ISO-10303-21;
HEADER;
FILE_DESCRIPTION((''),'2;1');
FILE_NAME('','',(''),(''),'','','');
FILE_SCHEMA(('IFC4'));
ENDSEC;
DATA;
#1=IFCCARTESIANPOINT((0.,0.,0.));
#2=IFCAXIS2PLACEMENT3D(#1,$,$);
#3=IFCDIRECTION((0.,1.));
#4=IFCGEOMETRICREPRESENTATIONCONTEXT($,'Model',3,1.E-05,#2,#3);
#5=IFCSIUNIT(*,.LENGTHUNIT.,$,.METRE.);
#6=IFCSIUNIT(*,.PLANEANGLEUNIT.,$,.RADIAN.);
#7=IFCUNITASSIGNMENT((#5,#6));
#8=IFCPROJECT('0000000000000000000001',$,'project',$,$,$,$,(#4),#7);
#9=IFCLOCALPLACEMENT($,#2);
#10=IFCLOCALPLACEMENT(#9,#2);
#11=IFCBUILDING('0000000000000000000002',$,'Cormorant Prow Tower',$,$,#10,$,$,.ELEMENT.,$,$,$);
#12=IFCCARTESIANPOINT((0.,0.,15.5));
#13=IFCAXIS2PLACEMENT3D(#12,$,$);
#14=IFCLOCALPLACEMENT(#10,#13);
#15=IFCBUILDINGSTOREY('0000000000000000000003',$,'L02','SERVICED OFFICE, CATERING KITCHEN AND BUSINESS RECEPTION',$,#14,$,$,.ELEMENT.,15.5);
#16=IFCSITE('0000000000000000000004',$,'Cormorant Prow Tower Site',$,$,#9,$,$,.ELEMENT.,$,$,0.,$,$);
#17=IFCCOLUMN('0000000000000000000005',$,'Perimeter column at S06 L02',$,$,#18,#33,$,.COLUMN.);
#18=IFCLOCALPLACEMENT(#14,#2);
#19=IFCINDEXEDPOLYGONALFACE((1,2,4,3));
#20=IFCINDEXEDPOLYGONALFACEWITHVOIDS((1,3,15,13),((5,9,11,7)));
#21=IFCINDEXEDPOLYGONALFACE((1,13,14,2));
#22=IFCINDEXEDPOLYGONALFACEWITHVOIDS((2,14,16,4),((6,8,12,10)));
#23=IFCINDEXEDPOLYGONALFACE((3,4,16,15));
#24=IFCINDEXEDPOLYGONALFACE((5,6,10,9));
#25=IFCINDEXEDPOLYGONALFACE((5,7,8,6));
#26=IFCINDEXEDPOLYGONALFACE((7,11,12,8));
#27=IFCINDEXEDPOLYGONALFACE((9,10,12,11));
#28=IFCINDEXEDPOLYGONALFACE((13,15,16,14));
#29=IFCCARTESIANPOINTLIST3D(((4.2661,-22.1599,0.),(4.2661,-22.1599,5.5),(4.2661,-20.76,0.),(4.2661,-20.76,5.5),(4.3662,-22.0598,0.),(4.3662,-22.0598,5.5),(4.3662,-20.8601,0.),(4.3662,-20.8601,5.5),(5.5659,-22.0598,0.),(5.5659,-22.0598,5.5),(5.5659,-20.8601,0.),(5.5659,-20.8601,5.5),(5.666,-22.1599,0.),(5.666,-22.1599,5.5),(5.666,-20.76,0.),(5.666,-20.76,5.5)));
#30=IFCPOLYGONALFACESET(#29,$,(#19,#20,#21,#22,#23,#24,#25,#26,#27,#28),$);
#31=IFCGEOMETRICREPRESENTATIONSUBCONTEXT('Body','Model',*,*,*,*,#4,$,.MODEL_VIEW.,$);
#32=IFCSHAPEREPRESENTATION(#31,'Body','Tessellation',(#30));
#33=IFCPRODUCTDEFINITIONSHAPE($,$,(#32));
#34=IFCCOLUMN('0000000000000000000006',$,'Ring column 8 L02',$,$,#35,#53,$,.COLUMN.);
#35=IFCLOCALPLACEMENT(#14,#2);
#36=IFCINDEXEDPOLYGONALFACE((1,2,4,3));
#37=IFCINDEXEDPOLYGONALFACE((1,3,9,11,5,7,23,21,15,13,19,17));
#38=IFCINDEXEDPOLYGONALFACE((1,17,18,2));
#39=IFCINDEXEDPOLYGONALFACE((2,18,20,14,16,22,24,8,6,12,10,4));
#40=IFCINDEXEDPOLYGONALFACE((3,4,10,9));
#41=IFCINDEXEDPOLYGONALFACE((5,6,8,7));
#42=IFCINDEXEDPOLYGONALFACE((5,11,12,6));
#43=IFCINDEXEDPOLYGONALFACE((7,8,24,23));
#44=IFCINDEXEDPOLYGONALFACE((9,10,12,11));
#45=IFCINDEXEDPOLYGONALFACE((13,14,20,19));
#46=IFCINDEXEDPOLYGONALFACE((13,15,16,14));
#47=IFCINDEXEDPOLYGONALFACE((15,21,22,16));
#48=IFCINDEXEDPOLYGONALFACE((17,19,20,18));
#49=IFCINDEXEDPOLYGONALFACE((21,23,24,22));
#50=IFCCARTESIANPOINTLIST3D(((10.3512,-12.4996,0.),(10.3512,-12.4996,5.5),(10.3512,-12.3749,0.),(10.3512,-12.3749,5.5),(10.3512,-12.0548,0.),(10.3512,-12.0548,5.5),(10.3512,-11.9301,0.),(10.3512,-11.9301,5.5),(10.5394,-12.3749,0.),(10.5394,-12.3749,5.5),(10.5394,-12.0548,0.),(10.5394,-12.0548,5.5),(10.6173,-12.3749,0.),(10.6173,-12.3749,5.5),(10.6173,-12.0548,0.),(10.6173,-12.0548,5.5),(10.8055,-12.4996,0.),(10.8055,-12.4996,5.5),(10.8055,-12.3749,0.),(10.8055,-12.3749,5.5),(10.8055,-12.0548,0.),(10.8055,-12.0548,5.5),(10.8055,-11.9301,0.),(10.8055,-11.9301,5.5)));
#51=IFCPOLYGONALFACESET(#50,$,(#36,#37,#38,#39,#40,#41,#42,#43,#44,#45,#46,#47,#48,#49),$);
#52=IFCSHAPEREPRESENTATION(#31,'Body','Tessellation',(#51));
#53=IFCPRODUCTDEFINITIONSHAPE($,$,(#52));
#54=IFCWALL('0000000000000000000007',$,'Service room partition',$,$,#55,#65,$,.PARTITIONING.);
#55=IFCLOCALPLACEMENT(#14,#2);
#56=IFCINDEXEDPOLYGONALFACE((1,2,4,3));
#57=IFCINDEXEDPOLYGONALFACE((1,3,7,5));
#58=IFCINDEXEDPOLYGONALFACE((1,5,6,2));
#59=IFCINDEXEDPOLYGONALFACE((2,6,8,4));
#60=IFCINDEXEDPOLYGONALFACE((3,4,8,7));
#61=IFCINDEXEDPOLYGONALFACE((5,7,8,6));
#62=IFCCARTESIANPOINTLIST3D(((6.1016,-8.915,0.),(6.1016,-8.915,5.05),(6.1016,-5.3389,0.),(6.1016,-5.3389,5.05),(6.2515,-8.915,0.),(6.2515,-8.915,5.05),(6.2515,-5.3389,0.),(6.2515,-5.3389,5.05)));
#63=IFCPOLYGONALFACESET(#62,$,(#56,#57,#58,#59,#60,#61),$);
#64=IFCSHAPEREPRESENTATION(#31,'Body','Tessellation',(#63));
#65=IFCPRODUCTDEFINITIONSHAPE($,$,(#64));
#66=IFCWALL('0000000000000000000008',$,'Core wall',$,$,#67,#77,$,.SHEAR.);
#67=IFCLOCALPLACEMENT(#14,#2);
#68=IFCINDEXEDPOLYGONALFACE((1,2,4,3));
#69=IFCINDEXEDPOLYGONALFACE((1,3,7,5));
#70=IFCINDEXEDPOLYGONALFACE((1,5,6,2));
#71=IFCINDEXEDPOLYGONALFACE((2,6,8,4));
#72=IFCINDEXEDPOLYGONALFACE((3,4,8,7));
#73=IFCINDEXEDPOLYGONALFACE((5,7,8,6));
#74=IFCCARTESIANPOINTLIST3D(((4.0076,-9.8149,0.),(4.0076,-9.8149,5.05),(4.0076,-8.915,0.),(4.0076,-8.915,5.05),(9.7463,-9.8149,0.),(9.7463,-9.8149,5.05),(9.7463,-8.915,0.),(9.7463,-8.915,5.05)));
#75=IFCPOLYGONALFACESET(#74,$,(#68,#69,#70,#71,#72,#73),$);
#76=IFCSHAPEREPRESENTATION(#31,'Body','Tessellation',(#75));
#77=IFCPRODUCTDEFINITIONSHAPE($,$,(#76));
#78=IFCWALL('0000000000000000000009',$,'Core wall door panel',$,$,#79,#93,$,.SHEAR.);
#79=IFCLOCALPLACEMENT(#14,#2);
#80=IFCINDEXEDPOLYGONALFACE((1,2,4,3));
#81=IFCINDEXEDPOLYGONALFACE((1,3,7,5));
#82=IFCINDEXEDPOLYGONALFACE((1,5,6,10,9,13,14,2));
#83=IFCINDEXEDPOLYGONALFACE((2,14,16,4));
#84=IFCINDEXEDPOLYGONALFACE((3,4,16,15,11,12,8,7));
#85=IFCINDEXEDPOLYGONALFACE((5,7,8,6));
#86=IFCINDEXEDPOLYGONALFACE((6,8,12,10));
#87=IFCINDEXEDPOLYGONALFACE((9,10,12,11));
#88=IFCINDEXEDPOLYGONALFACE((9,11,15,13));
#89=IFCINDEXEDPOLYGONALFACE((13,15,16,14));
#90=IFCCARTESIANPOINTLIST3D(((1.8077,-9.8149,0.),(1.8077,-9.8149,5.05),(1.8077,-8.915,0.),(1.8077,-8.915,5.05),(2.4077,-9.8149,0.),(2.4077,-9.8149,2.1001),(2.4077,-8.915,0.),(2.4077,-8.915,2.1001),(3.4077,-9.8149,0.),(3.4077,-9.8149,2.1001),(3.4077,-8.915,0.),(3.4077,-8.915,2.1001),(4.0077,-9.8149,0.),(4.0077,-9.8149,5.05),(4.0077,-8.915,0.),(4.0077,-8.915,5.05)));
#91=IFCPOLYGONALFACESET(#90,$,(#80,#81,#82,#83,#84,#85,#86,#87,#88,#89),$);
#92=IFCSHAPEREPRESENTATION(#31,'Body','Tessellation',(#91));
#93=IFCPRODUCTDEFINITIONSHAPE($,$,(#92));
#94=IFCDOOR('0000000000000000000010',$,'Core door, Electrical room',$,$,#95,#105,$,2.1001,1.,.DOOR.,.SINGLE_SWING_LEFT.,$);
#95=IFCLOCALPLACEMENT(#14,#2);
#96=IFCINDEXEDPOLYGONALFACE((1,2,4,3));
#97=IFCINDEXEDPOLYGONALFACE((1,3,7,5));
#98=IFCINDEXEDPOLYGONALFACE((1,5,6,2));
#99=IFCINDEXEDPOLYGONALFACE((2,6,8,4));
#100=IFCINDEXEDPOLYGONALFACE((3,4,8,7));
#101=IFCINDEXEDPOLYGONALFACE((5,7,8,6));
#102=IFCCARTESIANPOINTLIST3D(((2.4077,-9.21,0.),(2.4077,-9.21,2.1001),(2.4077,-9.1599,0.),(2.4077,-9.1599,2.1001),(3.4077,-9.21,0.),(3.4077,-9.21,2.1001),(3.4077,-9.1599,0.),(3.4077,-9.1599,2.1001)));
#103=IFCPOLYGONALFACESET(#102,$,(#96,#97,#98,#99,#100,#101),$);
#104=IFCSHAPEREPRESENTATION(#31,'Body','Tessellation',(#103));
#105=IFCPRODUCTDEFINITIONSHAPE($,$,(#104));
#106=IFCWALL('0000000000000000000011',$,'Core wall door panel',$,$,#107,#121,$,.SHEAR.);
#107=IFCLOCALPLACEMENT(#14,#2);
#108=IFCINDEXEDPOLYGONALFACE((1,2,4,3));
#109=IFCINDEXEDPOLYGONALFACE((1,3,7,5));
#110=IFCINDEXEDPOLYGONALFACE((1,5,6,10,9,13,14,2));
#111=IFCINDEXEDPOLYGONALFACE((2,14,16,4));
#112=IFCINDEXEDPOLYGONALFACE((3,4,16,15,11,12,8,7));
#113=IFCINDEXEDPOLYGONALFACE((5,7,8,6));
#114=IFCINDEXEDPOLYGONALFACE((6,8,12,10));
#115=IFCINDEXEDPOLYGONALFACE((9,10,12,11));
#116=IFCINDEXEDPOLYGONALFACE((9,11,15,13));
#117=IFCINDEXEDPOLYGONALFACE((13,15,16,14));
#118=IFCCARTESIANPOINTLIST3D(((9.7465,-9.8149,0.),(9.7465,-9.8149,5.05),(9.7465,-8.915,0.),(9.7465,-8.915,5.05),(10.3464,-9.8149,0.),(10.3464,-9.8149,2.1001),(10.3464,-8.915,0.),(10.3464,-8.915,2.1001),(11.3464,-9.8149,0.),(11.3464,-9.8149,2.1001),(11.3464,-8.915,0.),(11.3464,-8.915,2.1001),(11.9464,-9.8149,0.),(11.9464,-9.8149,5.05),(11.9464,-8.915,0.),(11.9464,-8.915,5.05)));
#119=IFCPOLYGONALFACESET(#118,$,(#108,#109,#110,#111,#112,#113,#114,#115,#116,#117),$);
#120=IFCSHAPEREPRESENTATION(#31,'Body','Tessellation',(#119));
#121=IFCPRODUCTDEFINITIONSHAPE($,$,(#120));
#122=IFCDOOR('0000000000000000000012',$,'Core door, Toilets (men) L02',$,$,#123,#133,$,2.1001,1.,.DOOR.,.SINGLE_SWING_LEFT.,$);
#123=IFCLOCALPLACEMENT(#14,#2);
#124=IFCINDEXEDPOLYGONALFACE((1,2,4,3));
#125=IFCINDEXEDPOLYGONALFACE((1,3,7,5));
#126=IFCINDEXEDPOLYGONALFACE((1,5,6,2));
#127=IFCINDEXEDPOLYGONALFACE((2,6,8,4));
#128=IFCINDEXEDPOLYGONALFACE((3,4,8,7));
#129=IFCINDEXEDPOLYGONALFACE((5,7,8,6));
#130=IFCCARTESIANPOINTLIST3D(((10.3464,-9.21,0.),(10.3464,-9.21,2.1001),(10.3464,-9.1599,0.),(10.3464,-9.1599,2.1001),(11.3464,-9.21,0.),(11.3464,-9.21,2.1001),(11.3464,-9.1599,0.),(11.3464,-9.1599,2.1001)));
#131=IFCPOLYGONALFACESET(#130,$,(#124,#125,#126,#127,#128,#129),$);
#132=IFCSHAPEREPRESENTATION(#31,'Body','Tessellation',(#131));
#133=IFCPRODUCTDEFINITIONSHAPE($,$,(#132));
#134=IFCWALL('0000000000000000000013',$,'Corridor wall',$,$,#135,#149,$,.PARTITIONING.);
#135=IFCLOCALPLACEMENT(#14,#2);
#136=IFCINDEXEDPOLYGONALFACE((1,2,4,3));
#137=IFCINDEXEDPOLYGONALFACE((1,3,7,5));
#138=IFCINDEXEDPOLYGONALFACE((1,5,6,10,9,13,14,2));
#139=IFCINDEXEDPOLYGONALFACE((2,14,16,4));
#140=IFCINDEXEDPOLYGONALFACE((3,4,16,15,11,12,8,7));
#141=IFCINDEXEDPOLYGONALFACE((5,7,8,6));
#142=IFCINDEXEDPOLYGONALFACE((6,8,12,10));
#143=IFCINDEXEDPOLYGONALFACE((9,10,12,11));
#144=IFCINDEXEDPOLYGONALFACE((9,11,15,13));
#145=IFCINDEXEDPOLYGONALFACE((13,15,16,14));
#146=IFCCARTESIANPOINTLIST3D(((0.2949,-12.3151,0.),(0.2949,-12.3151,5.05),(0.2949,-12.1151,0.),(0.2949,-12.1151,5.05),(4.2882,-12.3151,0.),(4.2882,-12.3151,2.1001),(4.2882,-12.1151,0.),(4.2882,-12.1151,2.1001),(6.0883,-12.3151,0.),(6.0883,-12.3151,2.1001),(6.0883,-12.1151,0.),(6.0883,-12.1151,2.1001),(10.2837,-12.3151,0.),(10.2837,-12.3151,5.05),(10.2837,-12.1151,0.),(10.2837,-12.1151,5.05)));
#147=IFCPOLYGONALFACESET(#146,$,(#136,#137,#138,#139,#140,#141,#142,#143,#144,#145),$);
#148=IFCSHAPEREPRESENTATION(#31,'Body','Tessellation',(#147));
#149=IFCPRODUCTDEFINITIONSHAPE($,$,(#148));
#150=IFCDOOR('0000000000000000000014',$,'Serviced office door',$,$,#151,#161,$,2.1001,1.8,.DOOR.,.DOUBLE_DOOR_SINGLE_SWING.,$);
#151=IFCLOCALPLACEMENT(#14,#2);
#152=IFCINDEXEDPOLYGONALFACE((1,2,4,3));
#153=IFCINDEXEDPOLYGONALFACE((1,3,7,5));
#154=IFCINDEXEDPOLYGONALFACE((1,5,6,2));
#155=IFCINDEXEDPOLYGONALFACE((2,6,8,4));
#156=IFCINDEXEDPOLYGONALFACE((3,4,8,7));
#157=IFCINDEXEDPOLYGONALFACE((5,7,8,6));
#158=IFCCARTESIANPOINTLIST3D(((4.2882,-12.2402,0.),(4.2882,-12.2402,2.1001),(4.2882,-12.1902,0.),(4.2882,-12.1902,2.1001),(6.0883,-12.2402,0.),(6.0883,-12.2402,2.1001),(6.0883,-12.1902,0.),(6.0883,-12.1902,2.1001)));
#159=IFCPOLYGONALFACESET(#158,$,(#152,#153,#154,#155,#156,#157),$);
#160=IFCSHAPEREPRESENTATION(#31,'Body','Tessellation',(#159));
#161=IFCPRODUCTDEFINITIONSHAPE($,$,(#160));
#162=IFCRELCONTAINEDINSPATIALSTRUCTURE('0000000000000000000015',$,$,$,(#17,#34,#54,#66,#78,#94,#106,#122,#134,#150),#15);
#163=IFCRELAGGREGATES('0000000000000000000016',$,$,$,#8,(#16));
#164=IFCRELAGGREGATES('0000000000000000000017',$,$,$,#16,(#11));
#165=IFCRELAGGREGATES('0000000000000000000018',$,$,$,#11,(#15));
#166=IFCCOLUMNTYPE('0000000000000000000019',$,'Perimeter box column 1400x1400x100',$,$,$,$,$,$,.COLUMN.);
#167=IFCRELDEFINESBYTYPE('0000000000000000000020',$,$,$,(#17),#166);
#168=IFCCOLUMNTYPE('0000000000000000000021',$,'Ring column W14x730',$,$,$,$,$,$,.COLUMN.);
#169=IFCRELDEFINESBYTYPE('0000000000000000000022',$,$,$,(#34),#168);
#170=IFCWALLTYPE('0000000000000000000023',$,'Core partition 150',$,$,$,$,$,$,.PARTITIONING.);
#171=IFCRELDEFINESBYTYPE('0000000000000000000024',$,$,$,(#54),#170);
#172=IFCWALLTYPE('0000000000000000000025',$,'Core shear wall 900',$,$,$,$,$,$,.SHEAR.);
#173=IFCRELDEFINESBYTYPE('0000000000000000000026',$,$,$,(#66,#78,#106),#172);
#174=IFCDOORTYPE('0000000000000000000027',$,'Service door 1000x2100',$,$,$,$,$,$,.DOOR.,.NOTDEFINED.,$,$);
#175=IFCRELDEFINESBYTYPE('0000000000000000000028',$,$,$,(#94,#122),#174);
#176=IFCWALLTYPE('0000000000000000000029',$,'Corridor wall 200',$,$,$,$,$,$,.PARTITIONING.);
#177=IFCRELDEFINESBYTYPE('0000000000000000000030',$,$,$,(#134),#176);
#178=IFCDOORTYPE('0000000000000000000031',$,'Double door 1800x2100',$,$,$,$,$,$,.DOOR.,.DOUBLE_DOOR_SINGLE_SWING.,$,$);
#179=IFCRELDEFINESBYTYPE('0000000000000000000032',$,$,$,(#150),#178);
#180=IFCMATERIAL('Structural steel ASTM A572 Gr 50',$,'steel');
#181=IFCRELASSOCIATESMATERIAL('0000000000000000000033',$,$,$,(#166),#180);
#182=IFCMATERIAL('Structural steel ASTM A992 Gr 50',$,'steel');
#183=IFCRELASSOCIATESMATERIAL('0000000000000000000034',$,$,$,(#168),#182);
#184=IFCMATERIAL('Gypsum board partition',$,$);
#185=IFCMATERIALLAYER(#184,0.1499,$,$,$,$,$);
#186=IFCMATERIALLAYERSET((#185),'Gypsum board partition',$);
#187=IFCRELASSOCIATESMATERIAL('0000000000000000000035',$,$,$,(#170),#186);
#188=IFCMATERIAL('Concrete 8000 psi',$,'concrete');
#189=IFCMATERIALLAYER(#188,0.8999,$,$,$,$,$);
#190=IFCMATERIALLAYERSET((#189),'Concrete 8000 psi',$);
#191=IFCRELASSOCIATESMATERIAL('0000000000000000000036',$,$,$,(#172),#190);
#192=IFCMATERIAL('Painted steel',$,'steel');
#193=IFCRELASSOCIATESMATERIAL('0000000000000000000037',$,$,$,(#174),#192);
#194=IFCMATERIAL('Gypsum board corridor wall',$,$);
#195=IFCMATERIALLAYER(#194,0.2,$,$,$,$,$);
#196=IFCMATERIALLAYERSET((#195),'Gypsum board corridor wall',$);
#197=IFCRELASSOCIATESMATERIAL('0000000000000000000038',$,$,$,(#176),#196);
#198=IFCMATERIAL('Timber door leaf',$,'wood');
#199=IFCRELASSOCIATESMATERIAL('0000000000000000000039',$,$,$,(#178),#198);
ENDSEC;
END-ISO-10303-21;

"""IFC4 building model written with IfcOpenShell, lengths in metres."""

from ifc_helpers import new_model, si_unit, direction, frame, frame_2d, origin, origin_2d, place, context, subcontext, project, spatial, rectangle, hollow_rectangle, i_section, extrude, material, layer, layer_set, material_profile, profile_set, type_object, element, fill, save


model = new_model("IFC4")

# Units and contexts
model_context = context("Model", 3, precision=1e-05, world=origin(), true_north=direction((0.0, 1.0)))
body_context = subcontext(model_context, "Body", "Model", "MODEL_VIEW")
ifc_project = project(units=[si_unit("LENGTHUNIT", "METRE"), si_unit("PLANEANGLEUNIT", "RADIAN")], contexts=[model_context])

# Site, building, storey
site_placement = place(None, origin())
site = spatial("IfcSite", under=ifc_project, at=site_placement, Name="Cormorant Prow Tower Site", CompositionType="ELEMENT", RefElevation=0.0)
building_placement = place(site_placement, origin())
building = spatial("IfcBuilding", under=site, at=building_placement, Name="Cormorant Prow Tower", CompositionType="ELEMENT")
storey_placement = place(building_placement, frame((0.0, 0.0, 15.5)))
storey = spatial("IfcBuildingStorey", under=building, at=storey_placement, Name="L02", Description="SERVICED OFFICE, CATERING KITCHEN AND BUSINESS RECEPTION", CompositionType="ELEMENT", Elevation=15.5)

# Columns
ifc_material_1 = material(Name="Structural steel ASTM A572 Gr 50", Category="steel")
ifc_material_profile_1 = material_profile(ifc_material_1, hollow_rectangle(XDim=1.3999, YDim=1.3999, WallThickness=0.1001, at=origin_2d()), Name="Box 1400x1400x100")
ifc_profile_set_1 = profile_set([ifc_material_profile_1], Name="Structural steel ASTM A572 Gr 50")
column_type_1 = type_object("IfcColumnType", Name="Perimeter box column 1400x1400x100", PredefinedType="COLUMN", material=ifc_profile_set_1)
column_1_placement = place(storey_placement, frame((4.9661, -21.46, 0.0), z_axis=(0.0, 0.0, 1.0), x_axis=(1.0, 0.0, 0.0)))
element("IfcColumn", 1, at=column_1_placement, inside=storey, type_object=column_type_1, Name="Perimeter column at S06 L02", PredefinedType="COLUMN", context=body_context, shape_type="SweptSolid", body=[
    extrude(hollow_rectangle(XDim=1.3999, YDim=1.3999, WallThickness=0.1001, at=origin_2d()), origin(), (0.0, 0.0, 1.0), 5.5),
])
ifc_material_2 = material(Name="Structural steel ASTM A992 Gr 50", Category="steel")
ifc_material_profile_2 = material_profile(ifc_material_2, i_section(OverallWidth=0.4543, OverallDepth=0.5696, WebThickness=0.0779, FlangeThickness=0.1248, at=origin_2d()), Name="W14x730")
ifc_profile_set_2 = profile_set([ifc_material_profile_2], Name="Structural steel ASTM A992 Gr 50")
column_type_2 = type_object("IfcColumnType", Name="Ring column W14x730", PredefinedType="COLUMN", material=ifc_profile_set_2)
column_2_placement = place(storey_placement, frame((10.5784, -12.2148, 0.0), z_axis=(0.0, 0.0, 1.0), x_axis=(1.0, 0.0, 0.0)))
element("IfcColumn", 2, at=column_2_placement, inside=storey, type_object=column_type_2, Name="Ring column 8 L02", PredefinedType="COLUMN", context=body_context, shape_type="SweptSolid", body=[
    extrude(i_section(OverallWidth=0.4543, OverallDepth=0.5696, WebThickness=0.0779, FlangeThickness=0.1248, at=origin_2d()), origin(), (0.0, 0.0, 1.0), 5.5),
])

# Walls
ifc_material_3 = material(Name="Gypsum board partition")
ifc_layer_1 = layer(ifc_material_3, 0.1499)
ifc_layer_set_1 = layer_set([ifc_layer_1], Name="Gypsum board partition")
wall_type_1 = type_object("IfcWallType", Name="Core partition 150", PredefinedType="PARTITIONING", material=ifc_layer_set_1)
wall_1_placement = place(storey_placement, frame((6.1765, -8.915, 0.0), z_axis=(0.0, 0.0, 1.0), x_axis=(0.0, 1.0, 0.0)))
element("IfcWall", 3, at=wall_1_placement, inside=storey, type_object=wall_type_1, Name="Service room partition", PredefinedType="PARTITIONING", context=body_context, shape_type="SweptSolid", body=[
    extrude(rectangle(XDim=3.5762, YDim=0.1499, at=frame_2d((1.7881, 0.0))), origin(), (0.0, 0.0, 1.0), 5.05),
])
ifc_material_4 = material(Name="Concrete 8000 psi", Category="concrete")
ifc_layer_2 = layer(ifc_material_4, 0.8999)
ifc_layer_set_2 = layer_set([ifc_layer_2], Name="Concrete 8000 psi")
wall_type_2 = type_object("IfcWallType", Name="Core shear wall 900", PredefinedType="SHEAR", material=ifc_layer_set_2)
wall_2_placement = place(storey_placement, frame((4.0076, -9.365, 0.0), z_axis=(0.0, 0.0, 1.0), x_axis=(1.0, 0.0, 0.0)))
element("IfcWall", 4, at=wall_2_placement, inside=storey, type_object=wall_type_2, Name="Core wall", PredefinedType="SHEAR", context=body_context, shape_type="SweptSolid", body=[
    extrude(rectangle(XDim=5.7388, YDim=0.8999, at=frame_2d((2.8694, 0.0))), origin(), (0.0, 0.0, 1.0), 5.05),
])

# Walls, openings, doors
wall_3_placement = place(storey_placement, frame((1.8076, -9.365, 0.0), z_axis=(0.0, 0.0, 1.0), x_axis=(1.0, 0.0, 0.0)))
wall_3 = element("IfcWall", 5, at=wall_3_placement, inside=storey, type_object=wall_type_2, Name="Core wall door panel", PredefinedType="SHEAR", context=body_context, shape_type="SweptSolid", body=[
    extrude(rectangle(XDim=2.2, YDim=0.8999, at=frame_2d((1.1001, 0.0))), origin(), (0.0, 0.0, 1.0), 5.05),
])
opening_1_placement = place(wall_3_placement, frame((0.6001, 0.0, 0.0)))
opening_1 = element("IfcOpeningElement", 6, at=opening_1_placement, cuts=wall_3, PredefinedType="OPENING", context=body_context, shape_type="SweptSolid", body=[
    extrude(rectangle(XDim=1.0, YDim=2.1001, at=frame_2d((0.5, 1.05))), frame((0.0, 0.46, 0.0), z_axis=(0.0, -1.0, 0.0), x_axis=(1.0, 0.0, 0.0)), (0.0, 0.0, 1.0), 0.9199),
])
ifc_material_5 = material(Name="Painted steel", Category="steel")
door_type_1 = type_object("IfcDoorType", Name="Service door 1000x2100", OperationType="NOTDEFINED", PredefinedType="DOOR", material=ifc_material_5)
door_1_placement = place(opening_1_placement, origin())
door_1 = element("IfcDoor", 7, at=door_1_placement, inside=storey, type_object=door_type_1, Name="Core door, Electrical room", OperationType="SINGLE_SWING_LEFT", OverallHeight=2.1001, OverallWidth=1.0, PredefinedType="DOOR", context=body_context, shape_type="SweptSolid", body=[
    extrude(rectangle(XDim=1.0, YDim=2.1001, at=frame_2d((0.5, 1.05))), frame((0.0, 0.2051, 0.0), z_axis=(0.0, -1.0, 0.0), x_axis=(1.0, 0.0, 0.0)), (0.0, 0.0, 1.0), 0.05),
])
fill(opening_1, door_1)
wall_4_placement = place(storey_placement, frame((9.7463, -9.365, 0.0), z_axis=(0.0, 0.0, 1.0), x_axis=(1.0, 0.0, 0.0)))
wall_4 = element("IfcWall", 8, at=wall_4_placement, inside=storey, type_object=wall_type_2, Name="Core wall door panel", PredefinedType="SHEAR", context=body_context, shape_type="SweptSolid", body=[
    extrude(rectangle(XDim=2.2, YDim=0.8999, at=frame_2d((1.1001, 0.0))), origin(), (0.0, 0.0, 1.0), 5.05),
])
opening_2_placement = place(wall_4_placement, frame((0.6001, 0.0, 0.0)))
opening_2 = element("IfcOpeningElement", 9, at=opening_2_placement, cuts=wall_4, PredefinedType="OPENING", context=body_context, shape_type="SweptSolid", body=[
    extrude(rectangle(XDim=1.0, YDim=2.1001, at=frame_2d((0.5, 1.05))), frame((0.0, 0.46, 0.0), z_axis=(0.0, -1.0, 0.0), x_axis=(1.0, 0.0, 0.0)), (0.0, 0.0, 1.0), 0.9199),
])
door_2_placement = place(opening_2_placement, origin())
door_2 = element("IfcDoor", 10, at=door_2_placement, inside=storey, type_object=door_type_1, Name="Core door, Toilets (men) L02", OperationType="SINGLE_SWING_LEFT", OverallHeight=2.1001, OverallWidth=1.0, PredefinedType="DOOR", context=body_context, shape_type="SweptSolid", body=[
    extrude(rectangle(XDim=1.0, YDim=2.1001, at=frame_2d((0.5, 1.05))), frame((0.0, 0.2051, 0.0), z_axis=(0.0, -1.0, 0.0), x_axis=(1.0, 0.0, 0.0)), (0.0, 0.0, 1.0), 0.05),
])
fill(opening_2, door_2)
ifc_material_6 = material(Name="Gypsum board corridor wall")
ifc_layer_3 = layer(ifc_material_6, 0.2)
ifc_layer_set_3 = layer_set([ifc_layer_3], Name="Gypsum board corridor wall")
wall_type_3 = type_object("IfcWallType", Name="Corridor wall 200", PredefinedType="PARTITIONING", material=ifc_layer_set_3)
wall_5_placement = place(storey_placement, frame((0.2949, -12.2151, 0.0), z_axis=(0.0, 0.0, 1.0), x_axis=(1.0, 0.0, 0.0)))
wall_5 = element("IfcWall", 11, at=wall_5_placement, inside=storey, type_object=wall_type_3, Name="Corridor wall", PredefinedType="PARTITIONING", context=body_context, shape_type="SweptSolid", body=[
    extrude(rectangle(XDim=9.9888, YDim=0.2, at=frame_2d((4.9944, 0.0))), origin(), (0.0, 0.0, 1.0), 5.05),
])
opening_3_placement = place(wall_5_placement, frame((3.9934, 0.0, 0.0)))
opening_3 = element("IfcOpeningElement", 12, at=opening_3_placement, cuts=wall_5, PredefinedType="OPENING", context=body_context, shape_type="SweptSolid", body=[
    extrude(rectangle(XDim=1.8, YDim=2.1001, at=frame_2d((0.8999, 1.05))), frame((0.0, 0.1099, 0.0), z_axis=(0.0, -1.0, 0.0), x_axis=(1.0, 0.0, 0.0)), (0.0, 0.0, 1.0), 0.22),
])
ifc_material_7 = material(Name="Timber door leaf", Category="wood")
door_type_2 = type_object("IfcDoorType", Name="Double door 1800x2100", OperationType="DOUBLE_DOOR_SINGLE_SWING", PredefinedType="DOOR", material=ifc_material_7)
door_3_placement = place(opening_3_placement, origin())
door_3 = element("IfcDoor", 13, at=door_3_placement, inside=storey, type_object=door_type_2, Name="Serviced office door", OperationType="DOUBLE_DOOR_SINGLE_SWING", OverallHeight=2.1001, OverallWidth=1.8, PredefinedType="DOOR", context=body_context, shape_type="SweptSolid", body=[
    extrude(rectangle(XDim=1.8, YDim=2.1001, at=frame_2d((0.8999, 1.05))), frame((0.0, 0.0249, 0.0), z_axis=(0.0, -1.0, 0.0), x_axis=(1.0, 0.0, 0.0)), (0.0, 0.0, 1.0), 0.05),
])
fill(opening_3, door_3)

save(model, "model.ifc")
